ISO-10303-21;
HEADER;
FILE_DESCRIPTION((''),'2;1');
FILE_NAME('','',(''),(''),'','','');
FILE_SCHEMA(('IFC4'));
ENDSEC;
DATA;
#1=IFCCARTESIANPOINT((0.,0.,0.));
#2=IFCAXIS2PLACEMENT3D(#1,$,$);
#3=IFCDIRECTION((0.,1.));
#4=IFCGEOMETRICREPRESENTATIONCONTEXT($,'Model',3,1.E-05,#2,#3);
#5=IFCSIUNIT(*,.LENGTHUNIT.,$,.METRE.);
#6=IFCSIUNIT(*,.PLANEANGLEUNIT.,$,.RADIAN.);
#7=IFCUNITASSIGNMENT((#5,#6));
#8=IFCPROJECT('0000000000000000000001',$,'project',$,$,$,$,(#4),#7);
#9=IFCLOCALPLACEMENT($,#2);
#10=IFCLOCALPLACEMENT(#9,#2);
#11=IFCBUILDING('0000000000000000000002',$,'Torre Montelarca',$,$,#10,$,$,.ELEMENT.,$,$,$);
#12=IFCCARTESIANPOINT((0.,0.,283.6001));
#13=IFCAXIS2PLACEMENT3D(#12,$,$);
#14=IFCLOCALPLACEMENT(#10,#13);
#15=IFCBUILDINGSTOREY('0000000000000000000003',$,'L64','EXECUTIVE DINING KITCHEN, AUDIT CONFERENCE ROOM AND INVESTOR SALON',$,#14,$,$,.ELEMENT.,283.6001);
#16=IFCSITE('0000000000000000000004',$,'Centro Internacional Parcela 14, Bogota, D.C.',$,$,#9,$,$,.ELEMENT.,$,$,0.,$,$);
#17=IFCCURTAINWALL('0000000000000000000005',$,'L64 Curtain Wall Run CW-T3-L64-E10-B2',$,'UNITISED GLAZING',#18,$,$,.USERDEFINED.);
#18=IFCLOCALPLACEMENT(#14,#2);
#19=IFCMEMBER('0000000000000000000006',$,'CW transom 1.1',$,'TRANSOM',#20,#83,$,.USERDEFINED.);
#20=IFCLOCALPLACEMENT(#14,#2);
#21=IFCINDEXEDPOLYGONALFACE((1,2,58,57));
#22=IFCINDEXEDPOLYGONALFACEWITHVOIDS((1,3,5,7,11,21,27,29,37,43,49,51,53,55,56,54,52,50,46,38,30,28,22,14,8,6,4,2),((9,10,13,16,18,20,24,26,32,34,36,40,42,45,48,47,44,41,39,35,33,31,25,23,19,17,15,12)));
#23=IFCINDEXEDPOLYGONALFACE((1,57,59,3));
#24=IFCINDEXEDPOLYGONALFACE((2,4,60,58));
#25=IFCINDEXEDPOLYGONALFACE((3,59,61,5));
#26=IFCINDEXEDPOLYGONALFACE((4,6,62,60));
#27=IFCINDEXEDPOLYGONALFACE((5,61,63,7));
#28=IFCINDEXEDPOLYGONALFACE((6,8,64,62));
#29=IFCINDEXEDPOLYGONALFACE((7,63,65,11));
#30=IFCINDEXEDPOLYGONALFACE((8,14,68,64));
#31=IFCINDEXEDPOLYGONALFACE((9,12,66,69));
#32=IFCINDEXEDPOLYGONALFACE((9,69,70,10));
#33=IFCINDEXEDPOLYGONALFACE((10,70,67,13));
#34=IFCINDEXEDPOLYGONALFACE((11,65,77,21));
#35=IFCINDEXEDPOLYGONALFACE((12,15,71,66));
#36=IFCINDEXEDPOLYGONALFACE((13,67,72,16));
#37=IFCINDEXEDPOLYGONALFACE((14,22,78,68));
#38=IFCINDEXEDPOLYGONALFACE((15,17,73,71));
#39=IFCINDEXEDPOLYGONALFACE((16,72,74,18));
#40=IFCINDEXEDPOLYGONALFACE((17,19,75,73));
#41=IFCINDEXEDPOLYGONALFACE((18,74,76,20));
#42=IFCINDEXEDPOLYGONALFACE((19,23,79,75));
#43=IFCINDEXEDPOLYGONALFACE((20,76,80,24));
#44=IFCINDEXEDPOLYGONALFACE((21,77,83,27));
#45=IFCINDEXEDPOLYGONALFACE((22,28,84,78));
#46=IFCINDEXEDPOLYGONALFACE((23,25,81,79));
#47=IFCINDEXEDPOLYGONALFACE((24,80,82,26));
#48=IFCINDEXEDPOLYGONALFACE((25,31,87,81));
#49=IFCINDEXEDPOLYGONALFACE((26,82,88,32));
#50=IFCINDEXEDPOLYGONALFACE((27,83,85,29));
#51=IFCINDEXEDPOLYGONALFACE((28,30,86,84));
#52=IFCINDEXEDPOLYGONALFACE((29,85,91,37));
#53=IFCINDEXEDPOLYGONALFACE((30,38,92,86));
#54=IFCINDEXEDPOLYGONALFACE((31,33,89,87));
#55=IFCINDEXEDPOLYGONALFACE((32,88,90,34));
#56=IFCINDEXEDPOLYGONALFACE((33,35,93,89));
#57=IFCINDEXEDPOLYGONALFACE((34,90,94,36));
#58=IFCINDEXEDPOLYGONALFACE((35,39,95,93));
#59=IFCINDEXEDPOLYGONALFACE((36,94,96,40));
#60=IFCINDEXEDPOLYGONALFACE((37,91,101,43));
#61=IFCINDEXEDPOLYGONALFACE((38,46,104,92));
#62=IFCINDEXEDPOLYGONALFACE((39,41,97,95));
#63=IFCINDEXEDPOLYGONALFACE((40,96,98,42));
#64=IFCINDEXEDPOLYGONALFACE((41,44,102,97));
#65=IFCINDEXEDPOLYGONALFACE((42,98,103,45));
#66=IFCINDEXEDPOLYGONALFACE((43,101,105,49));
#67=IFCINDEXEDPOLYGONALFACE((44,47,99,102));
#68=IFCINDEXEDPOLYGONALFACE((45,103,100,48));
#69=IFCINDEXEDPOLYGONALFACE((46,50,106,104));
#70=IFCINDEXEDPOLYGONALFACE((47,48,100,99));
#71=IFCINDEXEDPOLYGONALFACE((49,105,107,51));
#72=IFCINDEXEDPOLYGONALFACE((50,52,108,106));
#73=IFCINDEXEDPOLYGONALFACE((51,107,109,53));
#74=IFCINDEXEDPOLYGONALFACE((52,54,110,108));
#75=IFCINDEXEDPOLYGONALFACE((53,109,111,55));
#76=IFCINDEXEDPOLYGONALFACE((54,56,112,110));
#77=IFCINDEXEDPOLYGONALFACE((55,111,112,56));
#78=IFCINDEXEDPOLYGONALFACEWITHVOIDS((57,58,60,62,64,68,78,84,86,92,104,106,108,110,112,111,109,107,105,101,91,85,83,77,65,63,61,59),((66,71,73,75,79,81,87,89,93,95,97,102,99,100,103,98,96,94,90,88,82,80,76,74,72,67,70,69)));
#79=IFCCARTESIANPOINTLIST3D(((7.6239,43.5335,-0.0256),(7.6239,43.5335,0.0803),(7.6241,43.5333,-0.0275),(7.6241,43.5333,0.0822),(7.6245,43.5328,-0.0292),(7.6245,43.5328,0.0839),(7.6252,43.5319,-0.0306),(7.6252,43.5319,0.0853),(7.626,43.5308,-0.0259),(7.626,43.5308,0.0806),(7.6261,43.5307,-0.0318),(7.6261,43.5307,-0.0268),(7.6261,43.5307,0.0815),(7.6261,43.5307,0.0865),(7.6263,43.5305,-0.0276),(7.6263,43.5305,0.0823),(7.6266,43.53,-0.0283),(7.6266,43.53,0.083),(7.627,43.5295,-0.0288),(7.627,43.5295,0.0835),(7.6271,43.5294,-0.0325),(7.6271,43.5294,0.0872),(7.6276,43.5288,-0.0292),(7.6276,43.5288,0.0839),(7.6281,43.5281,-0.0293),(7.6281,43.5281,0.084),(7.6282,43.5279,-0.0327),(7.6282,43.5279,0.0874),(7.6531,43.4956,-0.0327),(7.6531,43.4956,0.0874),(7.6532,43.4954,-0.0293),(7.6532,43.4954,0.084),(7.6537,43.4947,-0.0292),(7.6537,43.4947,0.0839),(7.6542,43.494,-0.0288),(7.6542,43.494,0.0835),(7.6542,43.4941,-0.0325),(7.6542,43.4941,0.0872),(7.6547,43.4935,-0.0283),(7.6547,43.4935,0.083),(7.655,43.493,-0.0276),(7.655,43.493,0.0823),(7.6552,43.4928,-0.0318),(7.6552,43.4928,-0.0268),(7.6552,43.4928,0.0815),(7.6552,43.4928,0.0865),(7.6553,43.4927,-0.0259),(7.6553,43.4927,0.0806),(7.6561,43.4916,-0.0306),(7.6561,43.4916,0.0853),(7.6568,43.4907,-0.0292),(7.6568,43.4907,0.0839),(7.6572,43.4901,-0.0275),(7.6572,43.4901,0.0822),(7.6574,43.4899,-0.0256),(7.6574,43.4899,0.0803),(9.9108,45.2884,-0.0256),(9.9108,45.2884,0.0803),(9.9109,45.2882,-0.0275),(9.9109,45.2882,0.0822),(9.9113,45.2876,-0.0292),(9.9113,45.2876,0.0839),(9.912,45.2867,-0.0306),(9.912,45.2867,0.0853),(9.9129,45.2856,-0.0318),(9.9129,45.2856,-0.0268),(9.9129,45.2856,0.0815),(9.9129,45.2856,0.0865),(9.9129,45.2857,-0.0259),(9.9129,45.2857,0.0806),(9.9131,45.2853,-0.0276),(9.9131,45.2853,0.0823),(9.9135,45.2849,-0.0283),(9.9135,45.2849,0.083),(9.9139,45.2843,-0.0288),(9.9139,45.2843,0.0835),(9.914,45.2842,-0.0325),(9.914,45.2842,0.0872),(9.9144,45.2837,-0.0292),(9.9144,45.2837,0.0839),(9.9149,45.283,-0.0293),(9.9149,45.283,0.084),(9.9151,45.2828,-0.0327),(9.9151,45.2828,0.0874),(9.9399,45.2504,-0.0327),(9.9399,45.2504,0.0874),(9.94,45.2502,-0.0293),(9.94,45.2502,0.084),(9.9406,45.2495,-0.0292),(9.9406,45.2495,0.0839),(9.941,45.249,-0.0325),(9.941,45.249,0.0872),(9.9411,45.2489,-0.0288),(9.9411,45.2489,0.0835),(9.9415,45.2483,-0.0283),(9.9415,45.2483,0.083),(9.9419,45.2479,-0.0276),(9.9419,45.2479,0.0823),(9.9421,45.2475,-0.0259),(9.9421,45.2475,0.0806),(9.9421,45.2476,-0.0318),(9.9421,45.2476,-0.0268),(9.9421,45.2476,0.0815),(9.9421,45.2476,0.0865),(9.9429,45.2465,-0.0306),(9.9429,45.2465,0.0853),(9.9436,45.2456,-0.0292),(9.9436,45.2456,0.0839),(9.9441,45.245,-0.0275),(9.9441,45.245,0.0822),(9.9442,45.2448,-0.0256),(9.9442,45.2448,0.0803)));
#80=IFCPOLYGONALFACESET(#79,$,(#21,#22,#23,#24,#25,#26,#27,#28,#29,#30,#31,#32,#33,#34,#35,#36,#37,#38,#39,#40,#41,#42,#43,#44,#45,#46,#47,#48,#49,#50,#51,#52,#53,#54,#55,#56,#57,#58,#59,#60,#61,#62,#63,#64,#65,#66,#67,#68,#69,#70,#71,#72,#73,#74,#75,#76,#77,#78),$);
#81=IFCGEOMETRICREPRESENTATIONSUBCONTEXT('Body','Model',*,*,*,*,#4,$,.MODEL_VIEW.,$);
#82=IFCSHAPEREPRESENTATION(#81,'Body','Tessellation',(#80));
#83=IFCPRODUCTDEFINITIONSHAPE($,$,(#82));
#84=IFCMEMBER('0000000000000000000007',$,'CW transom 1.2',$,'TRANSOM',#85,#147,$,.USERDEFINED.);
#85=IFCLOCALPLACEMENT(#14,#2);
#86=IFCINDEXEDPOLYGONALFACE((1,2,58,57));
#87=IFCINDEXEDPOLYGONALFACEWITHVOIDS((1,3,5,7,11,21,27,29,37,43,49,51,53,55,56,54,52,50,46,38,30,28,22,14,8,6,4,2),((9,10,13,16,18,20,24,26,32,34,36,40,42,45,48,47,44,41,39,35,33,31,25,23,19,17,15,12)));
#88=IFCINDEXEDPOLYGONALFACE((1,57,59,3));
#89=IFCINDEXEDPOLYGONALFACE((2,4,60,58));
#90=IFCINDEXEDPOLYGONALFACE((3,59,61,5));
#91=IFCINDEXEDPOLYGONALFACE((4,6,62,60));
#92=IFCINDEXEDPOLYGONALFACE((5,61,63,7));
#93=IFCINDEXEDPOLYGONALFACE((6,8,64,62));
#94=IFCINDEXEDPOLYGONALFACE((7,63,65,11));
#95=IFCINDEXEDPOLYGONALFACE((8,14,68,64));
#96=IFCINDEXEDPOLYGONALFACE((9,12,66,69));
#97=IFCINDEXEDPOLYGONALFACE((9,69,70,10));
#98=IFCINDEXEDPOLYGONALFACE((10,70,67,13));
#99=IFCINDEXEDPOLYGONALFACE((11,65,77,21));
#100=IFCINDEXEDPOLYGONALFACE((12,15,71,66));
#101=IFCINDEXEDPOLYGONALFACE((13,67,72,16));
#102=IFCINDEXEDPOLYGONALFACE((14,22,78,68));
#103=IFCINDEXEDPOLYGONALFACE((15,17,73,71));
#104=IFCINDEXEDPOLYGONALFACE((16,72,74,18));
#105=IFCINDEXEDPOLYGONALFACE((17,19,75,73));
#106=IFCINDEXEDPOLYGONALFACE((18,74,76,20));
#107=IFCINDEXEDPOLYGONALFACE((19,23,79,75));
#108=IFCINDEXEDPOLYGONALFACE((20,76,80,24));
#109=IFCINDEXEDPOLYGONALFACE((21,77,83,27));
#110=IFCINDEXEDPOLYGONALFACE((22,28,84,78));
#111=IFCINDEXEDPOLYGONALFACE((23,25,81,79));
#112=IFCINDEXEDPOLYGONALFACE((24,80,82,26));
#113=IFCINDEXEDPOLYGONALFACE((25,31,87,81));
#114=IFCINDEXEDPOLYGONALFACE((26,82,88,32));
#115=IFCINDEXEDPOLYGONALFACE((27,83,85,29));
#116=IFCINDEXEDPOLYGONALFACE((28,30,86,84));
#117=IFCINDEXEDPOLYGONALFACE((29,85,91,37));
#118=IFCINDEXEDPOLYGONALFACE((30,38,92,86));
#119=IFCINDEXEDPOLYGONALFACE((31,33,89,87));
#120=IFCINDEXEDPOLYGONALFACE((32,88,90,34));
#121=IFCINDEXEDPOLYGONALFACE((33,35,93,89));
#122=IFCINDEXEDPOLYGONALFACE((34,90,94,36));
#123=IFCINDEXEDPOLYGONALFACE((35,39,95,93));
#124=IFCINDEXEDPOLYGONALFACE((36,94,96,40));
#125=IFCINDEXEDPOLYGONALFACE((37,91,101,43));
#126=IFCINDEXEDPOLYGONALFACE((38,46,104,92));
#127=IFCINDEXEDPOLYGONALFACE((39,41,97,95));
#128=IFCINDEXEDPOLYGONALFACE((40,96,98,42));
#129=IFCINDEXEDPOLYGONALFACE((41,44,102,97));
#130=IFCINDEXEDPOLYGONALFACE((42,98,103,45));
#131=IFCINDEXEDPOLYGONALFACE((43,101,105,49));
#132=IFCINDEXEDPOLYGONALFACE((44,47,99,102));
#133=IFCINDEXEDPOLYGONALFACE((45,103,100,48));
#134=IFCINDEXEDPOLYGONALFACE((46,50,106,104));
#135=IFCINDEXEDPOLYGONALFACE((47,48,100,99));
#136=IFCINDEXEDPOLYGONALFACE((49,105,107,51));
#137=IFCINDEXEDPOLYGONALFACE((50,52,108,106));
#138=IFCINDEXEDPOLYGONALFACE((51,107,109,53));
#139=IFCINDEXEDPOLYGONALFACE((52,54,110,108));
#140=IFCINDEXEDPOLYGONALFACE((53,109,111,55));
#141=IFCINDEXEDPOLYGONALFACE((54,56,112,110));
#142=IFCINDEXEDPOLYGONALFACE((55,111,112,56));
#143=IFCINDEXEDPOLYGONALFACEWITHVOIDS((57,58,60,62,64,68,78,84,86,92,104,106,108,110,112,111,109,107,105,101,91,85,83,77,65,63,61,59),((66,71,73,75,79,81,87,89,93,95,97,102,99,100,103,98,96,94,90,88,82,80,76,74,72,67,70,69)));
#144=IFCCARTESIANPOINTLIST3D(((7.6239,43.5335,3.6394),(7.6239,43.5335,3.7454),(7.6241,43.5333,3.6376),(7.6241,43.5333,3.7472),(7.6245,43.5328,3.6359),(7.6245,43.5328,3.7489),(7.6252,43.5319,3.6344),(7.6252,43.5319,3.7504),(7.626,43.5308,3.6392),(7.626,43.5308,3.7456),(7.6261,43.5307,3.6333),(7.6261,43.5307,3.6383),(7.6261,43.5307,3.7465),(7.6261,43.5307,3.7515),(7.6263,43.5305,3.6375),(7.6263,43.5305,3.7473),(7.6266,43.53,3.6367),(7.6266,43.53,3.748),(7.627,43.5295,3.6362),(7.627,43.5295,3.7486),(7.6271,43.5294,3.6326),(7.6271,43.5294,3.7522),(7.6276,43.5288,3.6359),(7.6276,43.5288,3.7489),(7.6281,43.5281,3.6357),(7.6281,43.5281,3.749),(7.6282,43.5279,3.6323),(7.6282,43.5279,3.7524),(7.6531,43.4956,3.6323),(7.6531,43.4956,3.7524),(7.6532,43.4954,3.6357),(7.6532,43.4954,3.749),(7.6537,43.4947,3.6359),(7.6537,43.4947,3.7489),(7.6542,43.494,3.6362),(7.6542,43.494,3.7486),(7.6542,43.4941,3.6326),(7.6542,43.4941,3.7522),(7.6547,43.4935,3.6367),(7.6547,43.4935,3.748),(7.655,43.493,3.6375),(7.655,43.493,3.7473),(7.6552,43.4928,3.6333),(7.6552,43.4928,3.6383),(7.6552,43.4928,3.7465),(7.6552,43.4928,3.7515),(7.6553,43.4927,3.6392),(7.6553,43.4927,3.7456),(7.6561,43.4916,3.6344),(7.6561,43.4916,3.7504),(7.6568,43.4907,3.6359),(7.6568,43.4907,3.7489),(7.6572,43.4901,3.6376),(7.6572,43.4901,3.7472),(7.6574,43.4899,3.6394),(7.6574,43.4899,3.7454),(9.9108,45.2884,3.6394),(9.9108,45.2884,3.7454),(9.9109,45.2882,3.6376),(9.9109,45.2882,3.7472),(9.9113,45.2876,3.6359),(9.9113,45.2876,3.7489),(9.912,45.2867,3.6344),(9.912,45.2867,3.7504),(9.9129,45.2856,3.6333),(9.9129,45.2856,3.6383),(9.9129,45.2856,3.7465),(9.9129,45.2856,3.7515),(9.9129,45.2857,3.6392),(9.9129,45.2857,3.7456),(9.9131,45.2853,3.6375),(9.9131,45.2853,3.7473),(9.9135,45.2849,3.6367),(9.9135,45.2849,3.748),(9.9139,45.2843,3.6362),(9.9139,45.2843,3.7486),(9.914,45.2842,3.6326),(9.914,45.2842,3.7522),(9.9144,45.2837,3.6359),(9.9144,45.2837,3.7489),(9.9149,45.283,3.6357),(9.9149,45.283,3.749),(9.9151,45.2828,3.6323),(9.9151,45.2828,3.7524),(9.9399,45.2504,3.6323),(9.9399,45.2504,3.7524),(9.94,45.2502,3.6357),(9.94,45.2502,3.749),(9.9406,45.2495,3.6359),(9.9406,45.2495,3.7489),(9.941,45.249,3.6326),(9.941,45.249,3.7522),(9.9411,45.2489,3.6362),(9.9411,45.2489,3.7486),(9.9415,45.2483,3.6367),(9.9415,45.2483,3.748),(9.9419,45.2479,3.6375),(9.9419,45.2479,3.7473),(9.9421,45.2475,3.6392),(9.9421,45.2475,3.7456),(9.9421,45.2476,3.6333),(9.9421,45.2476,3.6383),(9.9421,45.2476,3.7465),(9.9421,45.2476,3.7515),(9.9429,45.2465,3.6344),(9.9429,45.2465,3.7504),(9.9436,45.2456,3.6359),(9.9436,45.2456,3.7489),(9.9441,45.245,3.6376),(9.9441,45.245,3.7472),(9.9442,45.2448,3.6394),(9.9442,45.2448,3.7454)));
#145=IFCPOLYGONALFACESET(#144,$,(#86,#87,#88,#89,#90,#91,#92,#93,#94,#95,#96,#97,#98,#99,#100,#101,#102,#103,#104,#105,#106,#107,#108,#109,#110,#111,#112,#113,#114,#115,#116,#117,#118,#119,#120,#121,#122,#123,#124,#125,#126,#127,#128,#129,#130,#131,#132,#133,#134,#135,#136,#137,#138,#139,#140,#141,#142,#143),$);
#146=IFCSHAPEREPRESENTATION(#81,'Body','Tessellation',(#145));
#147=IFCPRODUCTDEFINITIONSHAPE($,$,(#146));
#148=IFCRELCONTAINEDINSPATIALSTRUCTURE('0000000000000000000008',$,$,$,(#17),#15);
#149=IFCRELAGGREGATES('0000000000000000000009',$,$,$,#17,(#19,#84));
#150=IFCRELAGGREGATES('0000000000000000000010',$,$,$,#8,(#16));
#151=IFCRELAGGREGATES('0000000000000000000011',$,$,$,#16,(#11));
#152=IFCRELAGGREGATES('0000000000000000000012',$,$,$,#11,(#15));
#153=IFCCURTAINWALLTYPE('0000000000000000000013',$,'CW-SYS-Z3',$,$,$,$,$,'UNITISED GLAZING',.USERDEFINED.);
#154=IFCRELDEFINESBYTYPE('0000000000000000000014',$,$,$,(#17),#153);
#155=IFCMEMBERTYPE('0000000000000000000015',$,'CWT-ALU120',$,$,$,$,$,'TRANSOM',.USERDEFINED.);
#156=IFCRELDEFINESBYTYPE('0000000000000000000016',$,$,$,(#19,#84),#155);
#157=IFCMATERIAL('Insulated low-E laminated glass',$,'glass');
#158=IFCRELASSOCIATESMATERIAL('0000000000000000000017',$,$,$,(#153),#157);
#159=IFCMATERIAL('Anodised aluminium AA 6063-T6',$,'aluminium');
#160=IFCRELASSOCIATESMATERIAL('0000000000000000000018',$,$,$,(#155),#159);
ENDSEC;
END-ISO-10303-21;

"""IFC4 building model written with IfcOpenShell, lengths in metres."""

from ifc_helpers import new_model, si_unit, direction, frame, origin, origin_2d, place, context, subcontext, project, spatial, hollow_rectangle, extrude, source, transform, mapped, material, material_profile, profile_set, type_object, element, aggregate, save


model = new_model("IFC4")

# Units and contexts
model_context = context("Model", 3, precision=1e-05, world=origin(), true_north=direction((0.0, 1.0)))
body_context = subcontext(model_context, "Body", "Model", "MODEL_VIEW")
ifc_project = project(units=[si_unit("LENGTHUNIT", "METRE"), si_unit("PLANEANGLEUNIT", "RADIAN")], contexts=[model_context])

# Site, building, storey
site_placement = place(None, origin())
site = spatial("IfcSite", under=ifc_project, at=site_placement, Name="Centro Internacional Parcela 14, Bogota, D.C.", CompositionType="ELEMENT", RefElevation=0.0)
building_placement = place(site_placement, origin())
building = spatial("IfcBuilding", under=site, at=building_placement, Name="Torre Montelarca", CompositionType="ELEMENT")
storey_placement = place(building_placement, frame((0.0, 0.0, 283.6001)))
storey = spatial("IfcBuildingStorey", under=building, at=storey_placement, Name="L64", Description="EXECUTIVE DINING KITCHEN, AUDIT CONFERENCE ROOM AND INVESTOR SALON", CompositionType="ELEMENT", Elevation=283.6001)

# Curtain wall
ifc_material_1 = material(Name="Insulated low-E laminated glass", Category="glass")
curtain_wall_type = type_object("IfcCurtainWallType", Name="CW-SYS-Z3", ElementType="UNITISED GLAZING", PredefinedType="USERDEFINED", material=ifc_material_1)
curtain_wall_1_placement = place(storey_placement, origin())
curtain_wall_1 = element("IfcCurtainWall", 1, at=curtain_wall_1_placement, inside=storey, type_object=curtain_wall_type, Name="L64 Curtain Wall Run CW-T3-L64-E10-B2", ObjectType="UNITISED GLAZING", PredefinedType="USERDEFINED")
ifc_material_2 = material(Name="Anodised aluminium AA 6063-T6", Category="aluminium")

# Members
ifc_material_profile_1 = material_profile(ifc_material_2, hollow_rectangle(XDim=0.0549, YDim=0.1201, WallThickness=0.0034, InnerFilletRadius=0.0034, OuterFilletRadius=0.0071, at=origin_2d()), Name="ALU55X120X3.5", Category="aluminium")
ifc_profile_set_1 = profile_set([ifc_material_profile_1], Name="Anodised aluminium AA 6063-T6")
member_type_1 = type_object("IfcMemberType", Name="CWT-ALU120", ElementType="TRANSOM", PredefinedType="USERDEFINED", material=ifc_profile_set_1)
shared_shape_1 = source(origin(), body_context, "Body", "SweptSolid", [
    extrude(hollow_rectangle(XDim=0.0549, YDim=0.1201, WallThickness=0.0034, InnerFilletRadius=0.0034, OuterFilletRadius=0.0071, at=origin_2d()), origin(), (0.0, 0.0, 1.0), 2.8826),
])
member_1_placement = place(storey_placement, frame((9.9275, 45.2666, 0.0273), z_axis=(-0.793335, -0.608785, 0.0), x_axis=(0.608785, -0.793335, 0.0)))
member_1 = element("IfcMember", 2, at=member_1_placement, type_object=member_type_1, Name="CW transom 1.1", ObjectType="TRANSOM", PredefinedType="USERDEFINED", context=body_context, shape_type="MappedRepresentation", body=[
    mapped(shared_shape_1, transform((0.0, 0.0, 0.0), scale=1.0)),
])
member_2_placement = place(storey_placement, frame((9.9275, 45.2666, 3.6924), z_axis=(-0.793335, -0.608785, 0.0), x_axis=(0.608785, -0.793335, 0.0)))
member_2 = element("IfcMember", 3, at=member_2_placement, type_object=member_type_1, Name="CW transom 1.2", ObjectType="TRANSOM", PredefinedType="USERDEFINED", context=body_context, shape_type="MappedRepresentation", body=[
    mapped(shared_shape_1, transform((0.0, 0.0, 0.0), scale=1.0)),
])

aggregate(curtain_wall_1, [member_1, member_2])

save(model, "model.ifc")
